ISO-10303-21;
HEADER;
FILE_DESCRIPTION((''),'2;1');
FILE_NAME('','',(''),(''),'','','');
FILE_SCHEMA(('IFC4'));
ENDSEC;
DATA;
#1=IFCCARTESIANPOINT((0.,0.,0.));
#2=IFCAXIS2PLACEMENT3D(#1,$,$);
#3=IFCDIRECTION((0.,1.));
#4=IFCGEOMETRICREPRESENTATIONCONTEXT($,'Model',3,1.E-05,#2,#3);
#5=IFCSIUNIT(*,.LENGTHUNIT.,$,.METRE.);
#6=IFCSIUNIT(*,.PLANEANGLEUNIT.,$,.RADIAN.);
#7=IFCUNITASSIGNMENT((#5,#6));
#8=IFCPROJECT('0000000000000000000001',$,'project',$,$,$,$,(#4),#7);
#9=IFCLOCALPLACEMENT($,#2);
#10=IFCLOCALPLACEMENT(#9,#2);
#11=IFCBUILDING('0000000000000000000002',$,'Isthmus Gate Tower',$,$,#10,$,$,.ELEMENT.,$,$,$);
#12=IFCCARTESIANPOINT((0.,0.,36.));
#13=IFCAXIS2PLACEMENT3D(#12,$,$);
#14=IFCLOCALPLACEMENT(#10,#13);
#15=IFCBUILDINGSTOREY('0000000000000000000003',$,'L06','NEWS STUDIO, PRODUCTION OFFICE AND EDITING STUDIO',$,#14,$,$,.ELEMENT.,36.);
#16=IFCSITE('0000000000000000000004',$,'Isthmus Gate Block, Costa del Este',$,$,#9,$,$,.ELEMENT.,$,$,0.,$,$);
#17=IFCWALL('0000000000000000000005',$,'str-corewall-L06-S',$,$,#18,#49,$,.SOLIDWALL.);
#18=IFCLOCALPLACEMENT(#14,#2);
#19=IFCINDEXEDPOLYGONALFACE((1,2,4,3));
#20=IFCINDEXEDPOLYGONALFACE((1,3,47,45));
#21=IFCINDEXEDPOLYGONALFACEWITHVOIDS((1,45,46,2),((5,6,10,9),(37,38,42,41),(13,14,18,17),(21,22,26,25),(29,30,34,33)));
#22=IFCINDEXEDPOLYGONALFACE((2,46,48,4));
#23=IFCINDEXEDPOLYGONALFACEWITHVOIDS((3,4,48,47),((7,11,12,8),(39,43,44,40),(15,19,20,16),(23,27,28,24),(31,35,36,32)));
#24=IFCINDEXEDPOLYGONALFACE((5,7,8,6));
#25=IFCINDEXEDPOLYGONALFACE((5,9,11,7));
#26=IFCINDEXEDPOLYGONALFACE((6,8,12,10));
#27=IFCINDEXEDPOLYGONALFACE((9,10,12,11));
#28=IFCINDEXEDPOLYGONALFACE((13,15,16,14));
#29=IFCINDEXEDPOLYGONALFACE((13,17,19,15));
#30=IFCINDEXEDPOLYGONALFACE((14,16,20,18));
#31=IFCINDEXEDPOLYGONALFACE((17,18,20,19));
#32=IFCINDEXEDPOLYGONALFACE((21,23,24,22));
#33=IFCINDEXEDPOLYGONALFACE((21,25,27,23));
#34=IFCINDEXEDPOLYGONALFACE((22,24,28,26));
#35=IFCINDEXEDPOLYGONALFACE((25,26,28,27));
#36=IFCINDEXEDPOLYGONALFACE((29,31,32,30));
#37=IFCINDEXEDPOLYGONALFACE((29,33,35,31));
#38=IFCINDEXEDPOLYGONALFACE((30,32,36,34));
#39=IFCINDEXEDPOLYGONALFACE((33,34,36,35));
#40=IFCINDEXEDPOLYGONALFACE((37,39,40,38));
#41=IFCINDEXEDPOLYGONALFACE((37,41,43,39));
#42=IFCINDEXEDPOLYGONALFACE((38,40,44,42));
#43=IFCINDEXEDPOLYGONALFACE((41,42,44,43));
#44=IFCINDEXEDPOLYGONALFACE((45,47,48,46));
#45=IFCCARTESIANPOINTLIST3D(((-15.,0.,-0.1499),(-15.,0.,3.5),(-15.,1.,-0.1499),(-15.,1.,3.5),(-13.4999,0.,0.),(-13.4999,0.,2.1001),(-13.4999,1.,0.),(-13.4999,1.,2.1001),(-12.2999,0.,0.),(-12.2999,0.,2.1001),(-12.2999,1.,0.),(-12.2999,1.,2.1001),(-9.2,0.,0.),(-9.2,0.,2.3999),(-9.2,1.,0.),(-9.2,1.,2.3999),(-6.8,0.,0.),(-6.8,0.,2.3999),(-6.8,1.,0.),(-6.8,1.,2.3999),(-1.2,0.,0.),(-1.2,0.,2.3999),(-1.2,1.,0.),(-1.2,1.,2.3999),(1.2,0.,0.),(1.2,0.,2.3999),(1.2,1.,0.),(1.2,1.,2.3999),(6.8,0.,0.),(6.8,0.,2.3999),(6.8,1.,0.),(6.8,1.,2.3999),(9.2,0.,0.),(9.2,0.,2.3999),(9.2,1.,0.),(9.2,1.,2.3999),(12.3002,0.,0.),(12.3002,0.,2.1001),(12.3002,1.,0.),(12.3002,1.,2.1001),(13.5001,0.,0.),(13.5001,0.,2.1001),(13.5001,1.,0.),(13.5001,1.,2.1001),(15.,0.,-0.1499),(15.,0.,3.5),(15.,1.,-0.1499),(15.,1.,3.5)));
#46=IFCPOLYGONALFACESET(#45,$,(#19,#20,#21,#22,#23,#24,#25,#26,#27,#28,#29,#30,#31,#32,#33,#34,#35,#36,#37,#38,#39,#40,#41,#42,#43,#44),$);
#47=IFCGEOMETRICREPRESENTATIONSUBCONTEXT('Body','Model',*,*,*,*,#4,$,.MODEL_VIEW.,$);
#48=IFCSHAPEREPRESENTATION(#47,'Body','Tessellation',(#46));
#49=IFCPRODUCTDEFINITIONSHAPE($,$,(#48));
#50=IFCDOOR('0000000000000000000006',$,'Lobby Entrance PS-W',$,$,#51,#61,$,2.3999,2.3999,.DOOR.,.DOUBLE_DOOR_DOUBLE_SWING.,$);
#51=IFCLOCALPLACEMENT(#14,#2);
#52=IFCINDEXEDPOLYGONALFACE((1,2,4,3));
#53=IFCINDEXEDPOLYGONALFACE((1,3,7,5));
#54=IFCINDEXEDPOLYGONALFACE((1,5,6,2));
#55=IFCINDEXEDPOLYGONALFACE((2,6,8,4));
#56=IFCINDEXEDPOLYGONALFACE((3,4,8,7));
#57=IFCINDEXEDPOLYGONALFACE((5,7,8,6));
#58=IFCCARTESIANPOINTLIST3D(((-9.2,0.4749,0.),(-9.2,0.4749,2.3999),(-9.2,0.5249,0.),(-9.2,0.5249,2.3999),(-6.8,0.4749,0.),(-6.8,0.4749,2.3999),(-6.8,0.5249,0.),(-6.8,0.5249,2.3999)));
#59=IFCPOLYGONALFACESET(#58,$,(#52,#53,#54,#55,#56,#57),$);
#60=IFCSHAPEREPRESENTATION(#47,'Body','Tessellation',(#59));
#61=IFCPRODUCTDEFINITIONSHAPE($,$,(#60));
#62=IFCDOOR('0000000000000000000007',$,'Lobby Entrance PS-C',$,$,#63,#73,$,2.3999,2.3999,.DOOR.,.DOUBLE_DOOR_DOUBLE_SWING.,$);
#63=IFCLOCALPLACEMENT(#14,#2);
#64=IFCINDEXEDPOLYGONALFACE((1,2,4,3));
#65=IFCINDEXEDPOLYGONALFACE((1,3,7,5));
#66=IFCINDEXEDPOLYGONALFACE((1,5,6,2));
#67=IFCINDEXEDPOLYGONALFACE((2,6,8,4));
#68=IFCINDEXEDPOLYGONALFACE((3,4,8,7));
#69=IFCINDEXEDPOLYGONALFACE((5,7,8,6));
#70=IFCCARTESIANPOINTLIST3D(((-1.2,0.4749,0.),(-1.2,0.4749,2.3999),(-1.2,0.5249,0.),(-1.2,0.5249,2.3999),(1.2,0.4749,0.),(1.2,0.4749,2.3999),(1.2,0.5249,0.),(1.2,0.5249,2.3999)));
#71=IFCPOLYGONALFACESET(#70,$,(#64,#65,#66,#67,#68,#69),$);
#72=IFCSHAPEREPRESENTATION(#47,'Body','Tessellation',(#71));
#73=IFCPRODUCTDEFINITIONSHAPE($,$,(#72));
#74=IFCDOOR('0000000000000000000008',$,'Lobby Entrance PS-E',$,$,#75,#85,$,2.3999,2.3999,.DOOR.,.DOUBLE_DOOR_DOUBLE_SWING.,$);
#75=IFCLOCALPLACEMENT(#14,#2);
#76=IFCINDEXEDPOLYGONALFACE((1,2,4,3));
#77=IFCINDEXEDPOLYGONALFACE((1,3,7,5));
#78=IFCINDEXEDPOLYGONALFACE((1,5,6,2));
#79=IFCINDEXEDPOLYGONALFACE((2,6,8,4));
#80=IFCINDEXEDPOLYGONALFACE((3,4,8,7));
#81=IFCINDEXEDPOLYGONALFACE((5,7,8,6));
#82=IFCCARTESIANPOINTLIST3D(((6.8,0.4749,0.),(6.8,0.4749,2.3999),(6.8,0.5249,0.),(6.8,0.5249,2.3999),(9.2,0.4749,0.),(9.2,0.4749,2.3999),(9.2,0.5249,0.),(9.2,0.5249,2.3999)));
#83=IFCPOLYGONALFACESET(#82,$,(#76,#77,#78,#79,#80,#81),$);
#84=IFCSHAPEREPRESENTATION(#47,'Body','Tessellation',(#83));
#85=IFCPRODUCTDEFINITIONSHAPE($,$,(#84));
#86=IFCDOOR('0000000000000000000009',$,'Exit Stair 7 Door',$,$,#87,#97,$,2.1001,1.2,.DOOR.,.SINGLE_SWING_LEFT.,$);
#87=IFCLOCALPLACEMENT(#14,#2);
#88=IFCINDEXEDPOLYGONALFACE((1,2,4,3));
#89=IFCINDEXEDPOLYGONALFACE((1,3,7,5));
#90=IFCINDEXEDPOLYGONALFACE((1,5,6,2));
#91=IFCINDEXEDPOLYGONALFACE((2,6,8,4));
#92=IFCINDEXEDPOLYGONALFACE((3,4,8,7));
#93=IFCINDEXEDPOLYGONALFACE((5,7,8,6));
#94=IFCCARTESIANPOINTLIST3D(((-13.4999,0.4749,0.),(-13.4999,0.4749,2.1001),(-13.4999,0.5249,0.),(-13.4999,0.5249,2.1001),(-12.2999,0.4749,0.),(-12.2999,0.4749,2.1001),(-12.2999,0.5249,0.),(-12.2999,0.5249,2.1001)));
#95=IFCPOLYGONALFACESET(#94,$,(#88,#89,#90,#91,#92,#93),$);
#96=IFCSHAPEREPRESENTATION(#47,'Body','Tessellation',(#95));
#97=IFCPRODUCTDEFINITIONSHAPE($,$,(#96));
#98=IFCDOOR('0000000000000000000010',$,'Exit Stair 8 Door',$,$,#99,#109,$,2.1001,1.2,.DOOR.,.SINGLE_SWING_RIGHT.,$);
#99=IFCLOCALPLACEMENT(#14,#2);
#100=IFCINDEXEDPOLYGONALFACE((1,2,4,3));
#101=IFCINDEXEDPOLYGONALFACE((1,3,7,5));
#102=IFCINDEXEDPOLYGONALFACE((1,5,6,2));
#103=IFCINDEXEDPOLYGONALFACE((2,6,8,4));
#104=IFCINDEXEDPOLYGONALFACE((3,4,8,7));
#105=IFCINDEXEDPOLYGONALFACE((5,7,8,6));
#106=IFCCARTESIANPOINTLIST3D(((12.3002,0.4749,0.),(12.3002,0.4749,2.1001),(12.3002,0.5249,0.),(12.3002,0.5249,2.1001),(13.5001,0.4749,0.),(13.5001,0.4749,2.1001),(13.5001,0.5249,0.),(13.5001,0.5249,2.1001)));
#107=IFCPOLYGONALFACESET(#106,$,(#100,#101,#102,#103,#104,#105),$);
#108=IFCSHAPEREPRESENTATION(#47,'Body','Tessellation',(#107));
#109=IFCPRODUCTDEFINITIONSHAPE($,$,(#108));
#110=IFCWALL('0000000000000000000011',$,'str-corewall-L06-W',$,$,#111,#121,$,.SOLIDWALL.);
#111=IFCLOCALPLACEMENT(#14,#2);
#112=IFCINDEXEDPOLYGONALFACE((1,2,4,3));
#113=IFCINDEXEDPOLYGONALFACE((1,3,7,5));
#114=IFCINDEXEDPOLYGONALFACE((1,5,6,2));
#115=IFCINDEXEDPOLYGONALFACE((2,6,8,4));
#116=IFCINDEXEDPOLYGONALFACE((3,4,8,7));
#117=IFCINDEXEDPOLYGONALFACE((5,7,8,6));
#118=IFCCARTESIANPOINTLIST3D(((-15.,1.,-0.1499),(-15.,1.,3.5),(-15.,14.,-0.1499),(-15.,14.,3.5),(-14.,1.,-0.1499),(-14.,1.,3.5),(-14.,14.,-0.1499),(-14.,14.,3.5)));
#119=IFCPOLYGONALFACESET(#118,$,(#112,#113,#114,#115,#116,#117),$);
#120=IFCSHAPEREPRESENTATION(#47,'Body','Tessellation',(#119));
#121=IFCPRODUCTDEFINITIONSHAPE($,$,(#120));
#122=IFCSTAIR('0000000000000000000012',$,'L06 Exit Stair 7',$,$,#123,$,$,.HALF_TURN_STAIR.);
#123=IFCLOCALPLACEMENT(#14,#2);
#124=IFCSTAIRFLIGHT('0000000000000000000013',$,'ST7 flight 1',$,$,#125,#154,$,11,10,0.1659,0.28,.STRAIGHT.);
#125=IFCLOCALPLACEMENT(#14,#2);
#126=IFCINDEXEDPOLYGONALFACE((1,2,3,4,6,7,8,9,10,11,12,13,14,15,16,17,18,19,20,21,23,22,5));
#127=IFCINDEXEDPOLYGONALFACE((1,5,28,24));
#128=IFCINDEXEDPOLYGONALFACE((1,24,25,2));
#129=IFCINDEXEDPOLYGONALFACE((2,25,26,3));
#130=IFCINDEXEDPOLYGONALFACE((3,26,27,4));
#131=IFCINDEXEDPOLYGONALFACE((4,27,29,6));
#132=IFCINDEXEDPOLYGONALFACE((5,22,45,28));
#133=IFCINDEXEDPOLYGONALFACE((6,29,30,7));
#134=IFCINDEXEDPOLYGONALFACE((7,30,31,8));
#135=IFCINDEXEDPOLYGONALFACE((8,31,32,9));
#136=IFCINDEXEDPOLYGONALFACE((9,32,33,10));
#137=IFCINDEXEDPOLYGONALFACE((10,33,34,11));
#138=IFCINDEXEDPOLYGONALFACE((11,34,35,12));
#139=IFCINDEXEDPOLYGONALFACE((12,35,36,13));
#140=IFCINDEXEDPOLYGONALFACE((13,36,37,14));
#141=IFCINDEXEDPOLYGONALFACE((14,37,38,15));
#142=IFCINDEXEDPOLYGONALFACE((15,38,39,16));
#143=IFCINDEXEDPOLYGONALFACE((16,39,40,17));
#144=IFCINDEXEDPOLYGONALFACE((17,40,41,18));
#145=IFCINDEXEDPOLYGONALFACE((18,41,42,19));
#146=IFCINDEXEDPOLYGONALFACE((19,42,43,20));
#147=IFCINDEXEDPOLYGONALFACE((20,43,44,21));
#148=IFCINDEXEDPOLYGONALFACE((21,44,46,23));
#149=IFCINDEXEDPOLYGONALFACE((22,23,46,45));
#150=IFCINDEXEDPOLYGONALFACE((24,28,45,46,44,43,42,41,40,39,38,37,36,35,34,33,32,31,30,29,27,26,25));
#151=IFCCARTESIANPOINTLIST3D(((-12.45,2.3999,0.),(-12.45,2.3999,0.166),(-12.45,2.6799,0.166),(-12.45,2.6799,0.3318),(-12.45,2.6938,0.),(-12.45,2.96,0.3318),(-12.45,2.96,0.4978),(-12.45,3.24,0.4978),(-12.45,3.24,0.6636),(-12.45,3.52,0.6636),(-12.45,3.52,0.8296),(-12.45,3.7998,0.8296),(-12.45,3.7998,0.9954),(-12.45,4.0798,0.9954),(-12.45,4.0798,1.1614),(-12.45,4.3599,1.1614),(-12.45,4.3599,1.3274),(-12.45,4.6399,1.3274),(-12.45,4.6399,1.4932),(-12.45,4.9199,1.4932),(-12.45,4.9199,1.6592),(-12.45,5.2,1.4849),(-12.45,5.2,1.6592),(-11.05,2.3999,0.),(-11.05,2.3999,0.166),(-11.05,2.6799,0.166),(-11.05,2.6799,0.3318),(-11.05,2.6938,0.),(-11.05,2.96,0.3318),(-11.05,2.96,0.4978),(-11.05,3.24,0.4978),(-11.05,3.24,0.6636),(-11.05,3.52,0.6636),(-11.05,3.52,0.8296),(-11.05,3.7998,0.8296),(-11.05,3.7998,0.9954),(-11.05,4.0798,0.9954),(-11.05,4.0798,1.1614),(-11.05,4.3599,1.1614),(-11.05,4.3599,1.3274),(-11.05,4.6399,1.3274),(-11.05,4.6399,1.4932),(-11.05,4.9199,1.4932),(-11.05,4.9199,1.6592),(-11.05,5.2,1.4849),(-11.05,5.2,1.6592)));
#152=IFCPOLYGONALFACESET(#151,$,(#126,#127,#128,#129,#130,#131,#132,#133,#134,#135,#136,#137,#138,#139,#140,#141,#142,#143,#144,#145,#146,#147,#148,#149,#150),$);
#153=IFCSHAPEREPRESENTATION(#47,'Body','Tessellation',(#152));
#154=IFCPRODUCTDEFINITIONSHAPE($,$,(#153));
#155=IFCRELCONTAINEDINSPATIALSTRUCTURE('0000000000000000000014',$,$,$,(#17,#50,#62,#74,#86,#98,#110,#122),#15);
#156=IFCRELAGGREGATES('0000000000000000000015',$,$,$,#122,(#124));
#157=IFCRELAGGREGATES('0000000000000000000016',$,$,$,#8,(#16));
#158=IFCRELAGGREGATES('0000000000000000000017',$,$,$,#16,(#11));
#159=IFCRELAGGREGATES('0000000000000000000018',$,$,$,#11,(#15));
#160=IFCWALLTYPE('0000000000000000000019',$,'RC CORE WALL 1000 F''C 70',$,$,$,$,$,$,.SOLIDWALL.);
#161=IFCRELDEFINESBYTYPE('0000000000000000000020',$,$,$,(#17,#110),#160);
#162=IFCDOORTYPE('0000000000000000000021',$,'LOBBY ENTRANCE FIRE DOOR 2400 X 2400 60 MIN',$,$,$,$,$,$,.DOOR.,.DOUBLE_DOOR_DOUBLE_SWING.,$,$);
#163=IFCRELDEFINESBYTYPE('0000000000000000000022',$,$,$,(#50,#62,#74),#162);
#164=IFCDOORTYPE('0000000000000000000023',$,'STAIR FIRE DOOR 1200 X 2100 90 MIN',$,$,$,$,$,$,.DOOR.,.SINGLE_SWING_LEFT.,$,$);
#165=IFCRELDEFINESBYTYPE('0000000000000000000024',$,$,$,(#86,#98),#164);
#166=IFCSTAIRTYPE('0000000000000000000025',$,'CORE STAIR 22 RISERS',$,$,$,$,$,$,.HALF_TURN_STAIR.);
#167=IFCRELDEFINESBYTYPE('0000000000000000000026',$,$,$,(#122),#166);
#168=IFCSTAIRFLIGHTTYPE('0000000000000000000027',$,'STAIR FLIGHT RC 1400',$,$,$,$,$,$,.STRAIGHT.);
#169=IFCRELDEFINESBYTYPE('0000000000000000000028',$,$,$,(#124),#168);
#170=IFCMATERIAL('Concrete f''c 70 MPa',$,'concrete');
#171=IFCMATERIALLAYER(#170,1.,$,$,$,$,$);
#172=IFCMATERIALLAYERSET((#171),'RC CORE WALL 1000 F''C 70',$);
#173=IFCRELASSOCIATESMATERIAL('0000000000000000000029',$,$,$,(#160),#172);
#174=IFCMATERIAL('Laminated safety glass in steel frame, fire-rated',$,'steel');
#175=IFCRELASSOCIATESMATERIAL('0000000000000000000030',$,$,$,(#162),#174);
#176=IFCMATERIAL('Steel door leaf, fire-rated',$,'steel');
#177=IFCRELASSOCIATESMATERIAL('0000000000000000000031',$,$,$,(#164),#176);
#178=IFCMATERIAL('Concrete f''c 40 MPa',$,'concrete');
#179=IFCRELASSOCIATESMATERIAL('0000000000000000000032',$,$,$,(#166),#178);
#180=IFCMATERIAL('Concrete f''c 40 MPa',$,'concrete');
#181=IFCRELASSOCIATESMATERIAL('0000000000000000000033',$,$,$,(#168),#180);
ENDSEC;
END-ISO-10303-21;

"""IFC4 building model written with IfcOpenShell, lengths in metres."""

from ifc_helpers import new_model, si_unit, direction, frame, frame_2d, origin, place, context, subcontext, project, spatial, polyline, rectangle, outline, extrude, material, layer, layer_set, type_object, element, fill, aggregate, save


model = new_model("IFC4")

# Units and contexts
model_context = context("Model", 3, precision=1e-05, world=origin(), true_north=direction((0.0, 1.0)))
body_context = subcontext(model_context, "Body", "Model", "MODEL_VIEW")
ifc_project = project(units=[si_unit("LENGTHUNIT", "METRE"), si_unit("PLANEANGLEUNIT", "RADIAN")], contexts=[model_context])

# Site, building, storey
site_placement = place(None, origin())
site = spatial("IfcSite", under=ifc_project, at=site_placement, Name="Isthmus Gate Block, Costa del Este", CompositionType="ELEMENT", RefElevation=0.0)
building_placement = place(site_placement, origin())
building = spatial("IfcBuilding", under=site, at=building_placement, Name="Isthmus Gate Tower", CompositionType="ELEMENT")
storey_placement = place(building_placement, frame((0.0, 0.0, 36.0)))
storey = spatial("IfcBuildingStorey", under=building, at=storey_placement, Name="L06", Description="NEWS STUDIO, PRODUCTION OFFICE AND EDITING STUDIO", CompositionType="ELEMENT", Elevation=36.0)

# Wall, openings, doors
ifc_material_1 = material(Name="Concrete f'c 70 MPa", Category="concrete")
ifc_layer_1 = layer(ifc_material_1, 1.0)
ifc_layer_set_1 = layer_set([ifc_layer_1], Name="RC CORE WALL 1000 F'C 70")
wall_type_1 = type_object("IfcWallType", Name="RC CORE WALL 1000 F'C 70", PredefinedType="SOLIDWALL", material=ifc_layer_set_1)
wall_1_placement = place(storey_placement, frame((-15.0, 0.5, -0.1499), z_axis=(0.0, 0.0, 1.0), x_axis=(1.0, 0.0, 0.0)))
wall_1 = element("IfcWall", 1, at=wall_1_placement, inside=storey, type_object=wall_type_1, Name="str-corewall-L06-S", PredefinedType="SOLIDWALL", context=body_context, shape_type="SweptSolid", body=[
    extrude(rectangle(XDim=30.0, YDim=1.0, at=frame_2d((15.0, 0.0))), origin(), (0.0, 0.0, 1.0), 3.6499),
])
opening_1_placement = place(wall_1_placement, frame((5.8, 0.0, 0.1499)))
opening_1 = element("IfcOpeningElement", 2, at=opening_1_placement, cuts=wall_1, PredefinedType="OPENING", context=body_context, shape_type="SweptSolid", body=[
    extrude(rectangle(XDim=2.3999, YDim=2.3999, at=frame_2d((1.2, 1.2))), frame((0.0, 0.51, 0.0), z_axis=(0.0, -1.0, 0.0), x_axis=(1.0, 0.0, 0.0)), (0.0, 0.0, 1.0), 1.02),
])
opening_2_placement = place(wall_1_placement, frame((13.8, 0.0, 0.1499)))
opening_2 = element("IfcOpeningElement", 3, at=opening_2_placement, cuts=wall_1, PredefinedType="OPENING", context=body_context, shape_type="SweptSolid", body=[
    extrude(rectangle(XDim=2.3999, YDim=2.3999, at=frame_2d((1.2, 1.2))), frame((0.0, 0.51, 0.0), z_axis=(0.0, -1.0, 0.0), x_axis=(1.0, 0.0, 0.0)), (0.0, 0.0, 1.0), 1.02),
])
opening_3_placement = place(wall_1_placement, frame((21.8, 0.0, 0.1499)))
opening_3 = element("IfcOpeningElement", 4, at=opening_3_placement, cuts=wall_1, PredefinedType="OPENING", context=body_context, shape_type="SweptSolid", body=[
    extrude(rectangle(XDim=2.3999, YDim=2.3999, at=frame_2d((1.2, 1.2))), frame((0.0, 0.51, 0.0), z_axis=(0.0, -1.0, 0.0), x_axis=(1.0, 0.0, 0.0)), (0.0, 0.0, 1.0), 1.02),
])
opening_4_placement = place(wall_1_placement, frame((1.5, 0.0, 0.1499)))
opening_4 = element("IfcOpeningElement", 5, at=opening_4_placement, cuts=wall_1, PredefinedType="OPENING", context=body_context, shape_type="SweptSolid", body=[
    extrude(rectangle(XDim=1.2, YDim=2.1001, at=frame_2d((0.6001, 1.05))), frame((0.0, 0.51, 0.0), z_axis=(0.0, -1.0, 0.0), x_axis=(1.0, 0.0, 0.0)), (0.0, 0.0, 1.0), 1.02),
])
opening_5_placement = place(wall_1_placement, frame((27.3, 0.0, 0.1499)))
opening_5 = element("IfcOpeningElement", 6, at=opening_5_placement, cuts=wall_1, PredefinedType="OPENING", context=body_context, shape_type="SweptSolid", body=[
    extrude(rectangle(XDim=1.2, YDim=2.1001, at=frame_2d((0.6001, 1.05))), frame((0.0, 0.51, 0.0), z_axis=(0.0, -1.0, 0.0), x_axis=(1.0, 0.0, 0.0)), (0.0, 0.0, 1.0), 1.02),
])
ifc_material_2 = material(Name="Laminated safety glass in steel frame, fire-rated", Category="steel")
door_type_1 = type_object("IfcDoorType", Name="LOBBY ENTRANCE FIRE DOOR 2400 X 2400 60 MIN", OperationType="DOUBLE_DOOR_DOUBLE_SWING", PredefinedType="DOOR", material=ifc_material_2)
door_1_placement = place(opening_1_placement, origin())
door_1 = element("IfcDoor", 7, at=door_1_placement, inside=storey, type_object=door_type_1, Name="Lobby Entrance PS-W", OperationType="DOUBLE_DOOR_DOUBLE_SWING", OverallHeight=2.3999, OverallWidth=2.3999, PredefinedType="DOOR", context=body_context, shape_type="SweptSolid", body=[
    extrude(rectangle(XDim=2.3999, YDim=2.3999, at=frame_2d((1.2, 1.2))), frame((0.0, 0.0249, 0.0), z_axis=(0.0, -1.0, 0.0), x_axis=(1.0, 0.0, 0.0)), (0.0, 0.0, 1.0), 0.05),
])
fill(opening_1, door_1)
door_2_placement = place(opening_2_placement, origin())
door_2 = element("IfcDoor", 8, at=door_2_placement, inside=storey, type_object=door_type_1, Name="Lobby Entrance PS-C", OperationType="DOUBLE_DOOR_DOUBLE_SWING", OverallHeight=2.3999, OverallWidth=2.3999, PredefinedType="DOOR", context=body_context, shape_type="SweptSolid", body=[
    extrude(rectangle(XDim=2.3999, YDim=2.3999, at=frame_2d((1.2, 1.2))), frame((0.0, 0.0249, 0.0), z_axis=(0.0, -1.0, 0.0), x_axis=(1.0, 0.0, 0.0)), (0.0, 0.0, 1.0), 0.05),
])
fill(opening_2, door_2)
door_3_placement = place(opening_3_placement, origin())
door_3 = element("IfcDoor", 9, at=door_3_placement, inside=storey, type_object=door_type_1, Name="Lobby Entrance PS-E", OperationType="DOUBLE_DOOR_DOUBLE_SWING", OverallHeight=2.3999, OverallWidth=2.3999, PredefinedType="DOOR", context=body_context, shape_type="SweptSolid", body=[
    extrude(rectangle(XDim=2.3999, YDim=2.3999, at=frame_2d((1.2, 1.2))), frame((0.0, 0.0249, 0.0), z_axis=(0.0, -1.0, 0.0), x_axis=(1.0, 0.0, 0.0)), (0.0, 0.0, 1.0), 0.05),
])
fill(opening_3, door_3)
ifc_material_3 = material(Name="Steel door leaf, fire-rated", Category="steel")
door_type_2 = type_object("IfcDoorType", Name="STAIR FIRE DOOR 1200 X 2100 90 MIN", OperationType="SINGLE_SWING_LEFT", PredefinedType="DOOR", material=ifc_material_3)
door_4_placement = place(opening_4_placement, origin())
door_4 = element("IfcDoor", 10, at=door_4_placement, inside=storey, type_object=door_type_2, Name="Exit Stair 7 Door", OperationType="SINGLE_SWING_LEFT", OverallHeight=2.1001, OverallWidth=1.2, PredefinedType="DOOR", context=body_context, shape_type="SweptSolid", body=[
    extrude(rectangle(XDim=1.2, YDim=2.1001, at=frame_2d((0.6001, 1.05))), frame((0.0, 0.0249, 0.0), z_axis=(0.0, -1.0, 0.0), x_axis=(1.0, 0.0, 0.0)), (0.0, 0.0, 1.0), 0.05),
])
fill(opening_4, door_4)
door_5_placement = place(opening_5_placement, origin())
door_5 = element("IfcDoor", 11, at=door_5_placement, inside=storey, type_object=door_type_2, Name="Exit Stair 8 Door", OperationType="SINGLE_SWING_RIGHT", OverallHeight=2.1001, OverallWidth=1.2, PredefinedType="DOOR", context=body_context, shape_type="SweptSolid", body=[
    extrude(rectangle(XDim=1.2, YDim=2.1001, at=frame_2d((0.6001, 1.05))), frame((0.0, 0.0249, 0.0), z_axis=(0.0, -1.0, 0.0), x_axis=(1.0, 0.0, 0.0)), (0.0, 0.0, 1.0), 0.05),
])
fill(opening_5, door_5)

# Wall
wall_2_placement = place(storey_placement, frame((-14.5, 1.0, -0.1499), z_axis=(0.0, 0.0, 1.0), x_axis=(0.0, 1.0, 0.0)))
element("IfcWall", 12, at=wall_2_placement, inside=storey, type_object=wall_type_1, Name="str-corewall-L06-W", PredefinedType="SOLIDWALL", context=body_context, shape_type="SweptSolid", body=[
    extrude(rectangle(XDim=13.0, YDim=1.0, at=frame_2d((6.5, 0.0))), origin(), (0.0, 0.0, 1.0), 3.6499),
])

# Stair, stair flight
ifc_material_4 = material(Name="Concrete f'c 40 MPa", Category="concrete")
stair_type = type_object("IfcStairType", Name="CORE STAIR 22 RISERS", PredefinedType="HALF_TURN_STAIR", material=ifc_material_4)
stair_placement = place(storey_placement, origin())
stair = element("IfcStair", 13, at=stair_placement, inside=storey, type_object=stair_type, Name="L06 Exit Stair 7", PredefinedType="HALF_TURN_STAIR")
ifc_material_5 = material(Name="Concrete f'c 40 MPa", Category="concrete")
stair_flight_type = type_object("IfcStairFlightType", Name="STAIR FLIGHT RC 1400", PredefinedType="STRAIGHT", material=ifc_material_5)
stair_flight_1_placement = place(storey_placement, frame((-11.75, 2.3999, 0.0), z_axis=(0.0, 0.0, 1.0), x_axis=(0.0, 1.0, 0.0)))
stair_flight_1 = element("IfcStairFlight", 14, at=stair_flight_1_placement, type_object=stair_flight_type, Name="ST7 flight 1", NumberOfRisers=11, NumberOfTreads=10, PredefinedType="STRAIGHT", RiserHeight=0.1659, TreadLength=0.28, context=body_context, shape_type="SweptSolid", body=[
    extrude(outline(polyline([(0.0, 0.0), (0.0, 0.166), (0.28, 0.166), (0.28, 0.3318), (0.5601, 0.3318), (0.5601, 0.4978), (0.8401, 0.4978), (0.8401, 0.6636), (1.1201, 0.6636), (1.1201, 0.8296), (1.3999, 0.8296), (1.3999, 0.9954), (1.6799, 0.9954), (1.6799, 1.1614), (1.96, 1.1614), (1.96, 1.3274), (2.24, 1.3274), (2.24, 1.4932), (2.52, 1.4932), (2.52, 1.6592), (2.8, 1.6592), (2.8, 1.825), (2.8, 1.4849), (0.2939, 0.0), (0.0, 0.0)])), frame((0.0, 0.7, 0.0), z_axis=(0.0, -1.0, 0.0), x_axis=(1.0, 0.0, 0.0)), (0.0, 0.0, 1.0), 1.3999),
])
aggregate(stair, [stair_flight_1])

save(model, "model.ifc")
